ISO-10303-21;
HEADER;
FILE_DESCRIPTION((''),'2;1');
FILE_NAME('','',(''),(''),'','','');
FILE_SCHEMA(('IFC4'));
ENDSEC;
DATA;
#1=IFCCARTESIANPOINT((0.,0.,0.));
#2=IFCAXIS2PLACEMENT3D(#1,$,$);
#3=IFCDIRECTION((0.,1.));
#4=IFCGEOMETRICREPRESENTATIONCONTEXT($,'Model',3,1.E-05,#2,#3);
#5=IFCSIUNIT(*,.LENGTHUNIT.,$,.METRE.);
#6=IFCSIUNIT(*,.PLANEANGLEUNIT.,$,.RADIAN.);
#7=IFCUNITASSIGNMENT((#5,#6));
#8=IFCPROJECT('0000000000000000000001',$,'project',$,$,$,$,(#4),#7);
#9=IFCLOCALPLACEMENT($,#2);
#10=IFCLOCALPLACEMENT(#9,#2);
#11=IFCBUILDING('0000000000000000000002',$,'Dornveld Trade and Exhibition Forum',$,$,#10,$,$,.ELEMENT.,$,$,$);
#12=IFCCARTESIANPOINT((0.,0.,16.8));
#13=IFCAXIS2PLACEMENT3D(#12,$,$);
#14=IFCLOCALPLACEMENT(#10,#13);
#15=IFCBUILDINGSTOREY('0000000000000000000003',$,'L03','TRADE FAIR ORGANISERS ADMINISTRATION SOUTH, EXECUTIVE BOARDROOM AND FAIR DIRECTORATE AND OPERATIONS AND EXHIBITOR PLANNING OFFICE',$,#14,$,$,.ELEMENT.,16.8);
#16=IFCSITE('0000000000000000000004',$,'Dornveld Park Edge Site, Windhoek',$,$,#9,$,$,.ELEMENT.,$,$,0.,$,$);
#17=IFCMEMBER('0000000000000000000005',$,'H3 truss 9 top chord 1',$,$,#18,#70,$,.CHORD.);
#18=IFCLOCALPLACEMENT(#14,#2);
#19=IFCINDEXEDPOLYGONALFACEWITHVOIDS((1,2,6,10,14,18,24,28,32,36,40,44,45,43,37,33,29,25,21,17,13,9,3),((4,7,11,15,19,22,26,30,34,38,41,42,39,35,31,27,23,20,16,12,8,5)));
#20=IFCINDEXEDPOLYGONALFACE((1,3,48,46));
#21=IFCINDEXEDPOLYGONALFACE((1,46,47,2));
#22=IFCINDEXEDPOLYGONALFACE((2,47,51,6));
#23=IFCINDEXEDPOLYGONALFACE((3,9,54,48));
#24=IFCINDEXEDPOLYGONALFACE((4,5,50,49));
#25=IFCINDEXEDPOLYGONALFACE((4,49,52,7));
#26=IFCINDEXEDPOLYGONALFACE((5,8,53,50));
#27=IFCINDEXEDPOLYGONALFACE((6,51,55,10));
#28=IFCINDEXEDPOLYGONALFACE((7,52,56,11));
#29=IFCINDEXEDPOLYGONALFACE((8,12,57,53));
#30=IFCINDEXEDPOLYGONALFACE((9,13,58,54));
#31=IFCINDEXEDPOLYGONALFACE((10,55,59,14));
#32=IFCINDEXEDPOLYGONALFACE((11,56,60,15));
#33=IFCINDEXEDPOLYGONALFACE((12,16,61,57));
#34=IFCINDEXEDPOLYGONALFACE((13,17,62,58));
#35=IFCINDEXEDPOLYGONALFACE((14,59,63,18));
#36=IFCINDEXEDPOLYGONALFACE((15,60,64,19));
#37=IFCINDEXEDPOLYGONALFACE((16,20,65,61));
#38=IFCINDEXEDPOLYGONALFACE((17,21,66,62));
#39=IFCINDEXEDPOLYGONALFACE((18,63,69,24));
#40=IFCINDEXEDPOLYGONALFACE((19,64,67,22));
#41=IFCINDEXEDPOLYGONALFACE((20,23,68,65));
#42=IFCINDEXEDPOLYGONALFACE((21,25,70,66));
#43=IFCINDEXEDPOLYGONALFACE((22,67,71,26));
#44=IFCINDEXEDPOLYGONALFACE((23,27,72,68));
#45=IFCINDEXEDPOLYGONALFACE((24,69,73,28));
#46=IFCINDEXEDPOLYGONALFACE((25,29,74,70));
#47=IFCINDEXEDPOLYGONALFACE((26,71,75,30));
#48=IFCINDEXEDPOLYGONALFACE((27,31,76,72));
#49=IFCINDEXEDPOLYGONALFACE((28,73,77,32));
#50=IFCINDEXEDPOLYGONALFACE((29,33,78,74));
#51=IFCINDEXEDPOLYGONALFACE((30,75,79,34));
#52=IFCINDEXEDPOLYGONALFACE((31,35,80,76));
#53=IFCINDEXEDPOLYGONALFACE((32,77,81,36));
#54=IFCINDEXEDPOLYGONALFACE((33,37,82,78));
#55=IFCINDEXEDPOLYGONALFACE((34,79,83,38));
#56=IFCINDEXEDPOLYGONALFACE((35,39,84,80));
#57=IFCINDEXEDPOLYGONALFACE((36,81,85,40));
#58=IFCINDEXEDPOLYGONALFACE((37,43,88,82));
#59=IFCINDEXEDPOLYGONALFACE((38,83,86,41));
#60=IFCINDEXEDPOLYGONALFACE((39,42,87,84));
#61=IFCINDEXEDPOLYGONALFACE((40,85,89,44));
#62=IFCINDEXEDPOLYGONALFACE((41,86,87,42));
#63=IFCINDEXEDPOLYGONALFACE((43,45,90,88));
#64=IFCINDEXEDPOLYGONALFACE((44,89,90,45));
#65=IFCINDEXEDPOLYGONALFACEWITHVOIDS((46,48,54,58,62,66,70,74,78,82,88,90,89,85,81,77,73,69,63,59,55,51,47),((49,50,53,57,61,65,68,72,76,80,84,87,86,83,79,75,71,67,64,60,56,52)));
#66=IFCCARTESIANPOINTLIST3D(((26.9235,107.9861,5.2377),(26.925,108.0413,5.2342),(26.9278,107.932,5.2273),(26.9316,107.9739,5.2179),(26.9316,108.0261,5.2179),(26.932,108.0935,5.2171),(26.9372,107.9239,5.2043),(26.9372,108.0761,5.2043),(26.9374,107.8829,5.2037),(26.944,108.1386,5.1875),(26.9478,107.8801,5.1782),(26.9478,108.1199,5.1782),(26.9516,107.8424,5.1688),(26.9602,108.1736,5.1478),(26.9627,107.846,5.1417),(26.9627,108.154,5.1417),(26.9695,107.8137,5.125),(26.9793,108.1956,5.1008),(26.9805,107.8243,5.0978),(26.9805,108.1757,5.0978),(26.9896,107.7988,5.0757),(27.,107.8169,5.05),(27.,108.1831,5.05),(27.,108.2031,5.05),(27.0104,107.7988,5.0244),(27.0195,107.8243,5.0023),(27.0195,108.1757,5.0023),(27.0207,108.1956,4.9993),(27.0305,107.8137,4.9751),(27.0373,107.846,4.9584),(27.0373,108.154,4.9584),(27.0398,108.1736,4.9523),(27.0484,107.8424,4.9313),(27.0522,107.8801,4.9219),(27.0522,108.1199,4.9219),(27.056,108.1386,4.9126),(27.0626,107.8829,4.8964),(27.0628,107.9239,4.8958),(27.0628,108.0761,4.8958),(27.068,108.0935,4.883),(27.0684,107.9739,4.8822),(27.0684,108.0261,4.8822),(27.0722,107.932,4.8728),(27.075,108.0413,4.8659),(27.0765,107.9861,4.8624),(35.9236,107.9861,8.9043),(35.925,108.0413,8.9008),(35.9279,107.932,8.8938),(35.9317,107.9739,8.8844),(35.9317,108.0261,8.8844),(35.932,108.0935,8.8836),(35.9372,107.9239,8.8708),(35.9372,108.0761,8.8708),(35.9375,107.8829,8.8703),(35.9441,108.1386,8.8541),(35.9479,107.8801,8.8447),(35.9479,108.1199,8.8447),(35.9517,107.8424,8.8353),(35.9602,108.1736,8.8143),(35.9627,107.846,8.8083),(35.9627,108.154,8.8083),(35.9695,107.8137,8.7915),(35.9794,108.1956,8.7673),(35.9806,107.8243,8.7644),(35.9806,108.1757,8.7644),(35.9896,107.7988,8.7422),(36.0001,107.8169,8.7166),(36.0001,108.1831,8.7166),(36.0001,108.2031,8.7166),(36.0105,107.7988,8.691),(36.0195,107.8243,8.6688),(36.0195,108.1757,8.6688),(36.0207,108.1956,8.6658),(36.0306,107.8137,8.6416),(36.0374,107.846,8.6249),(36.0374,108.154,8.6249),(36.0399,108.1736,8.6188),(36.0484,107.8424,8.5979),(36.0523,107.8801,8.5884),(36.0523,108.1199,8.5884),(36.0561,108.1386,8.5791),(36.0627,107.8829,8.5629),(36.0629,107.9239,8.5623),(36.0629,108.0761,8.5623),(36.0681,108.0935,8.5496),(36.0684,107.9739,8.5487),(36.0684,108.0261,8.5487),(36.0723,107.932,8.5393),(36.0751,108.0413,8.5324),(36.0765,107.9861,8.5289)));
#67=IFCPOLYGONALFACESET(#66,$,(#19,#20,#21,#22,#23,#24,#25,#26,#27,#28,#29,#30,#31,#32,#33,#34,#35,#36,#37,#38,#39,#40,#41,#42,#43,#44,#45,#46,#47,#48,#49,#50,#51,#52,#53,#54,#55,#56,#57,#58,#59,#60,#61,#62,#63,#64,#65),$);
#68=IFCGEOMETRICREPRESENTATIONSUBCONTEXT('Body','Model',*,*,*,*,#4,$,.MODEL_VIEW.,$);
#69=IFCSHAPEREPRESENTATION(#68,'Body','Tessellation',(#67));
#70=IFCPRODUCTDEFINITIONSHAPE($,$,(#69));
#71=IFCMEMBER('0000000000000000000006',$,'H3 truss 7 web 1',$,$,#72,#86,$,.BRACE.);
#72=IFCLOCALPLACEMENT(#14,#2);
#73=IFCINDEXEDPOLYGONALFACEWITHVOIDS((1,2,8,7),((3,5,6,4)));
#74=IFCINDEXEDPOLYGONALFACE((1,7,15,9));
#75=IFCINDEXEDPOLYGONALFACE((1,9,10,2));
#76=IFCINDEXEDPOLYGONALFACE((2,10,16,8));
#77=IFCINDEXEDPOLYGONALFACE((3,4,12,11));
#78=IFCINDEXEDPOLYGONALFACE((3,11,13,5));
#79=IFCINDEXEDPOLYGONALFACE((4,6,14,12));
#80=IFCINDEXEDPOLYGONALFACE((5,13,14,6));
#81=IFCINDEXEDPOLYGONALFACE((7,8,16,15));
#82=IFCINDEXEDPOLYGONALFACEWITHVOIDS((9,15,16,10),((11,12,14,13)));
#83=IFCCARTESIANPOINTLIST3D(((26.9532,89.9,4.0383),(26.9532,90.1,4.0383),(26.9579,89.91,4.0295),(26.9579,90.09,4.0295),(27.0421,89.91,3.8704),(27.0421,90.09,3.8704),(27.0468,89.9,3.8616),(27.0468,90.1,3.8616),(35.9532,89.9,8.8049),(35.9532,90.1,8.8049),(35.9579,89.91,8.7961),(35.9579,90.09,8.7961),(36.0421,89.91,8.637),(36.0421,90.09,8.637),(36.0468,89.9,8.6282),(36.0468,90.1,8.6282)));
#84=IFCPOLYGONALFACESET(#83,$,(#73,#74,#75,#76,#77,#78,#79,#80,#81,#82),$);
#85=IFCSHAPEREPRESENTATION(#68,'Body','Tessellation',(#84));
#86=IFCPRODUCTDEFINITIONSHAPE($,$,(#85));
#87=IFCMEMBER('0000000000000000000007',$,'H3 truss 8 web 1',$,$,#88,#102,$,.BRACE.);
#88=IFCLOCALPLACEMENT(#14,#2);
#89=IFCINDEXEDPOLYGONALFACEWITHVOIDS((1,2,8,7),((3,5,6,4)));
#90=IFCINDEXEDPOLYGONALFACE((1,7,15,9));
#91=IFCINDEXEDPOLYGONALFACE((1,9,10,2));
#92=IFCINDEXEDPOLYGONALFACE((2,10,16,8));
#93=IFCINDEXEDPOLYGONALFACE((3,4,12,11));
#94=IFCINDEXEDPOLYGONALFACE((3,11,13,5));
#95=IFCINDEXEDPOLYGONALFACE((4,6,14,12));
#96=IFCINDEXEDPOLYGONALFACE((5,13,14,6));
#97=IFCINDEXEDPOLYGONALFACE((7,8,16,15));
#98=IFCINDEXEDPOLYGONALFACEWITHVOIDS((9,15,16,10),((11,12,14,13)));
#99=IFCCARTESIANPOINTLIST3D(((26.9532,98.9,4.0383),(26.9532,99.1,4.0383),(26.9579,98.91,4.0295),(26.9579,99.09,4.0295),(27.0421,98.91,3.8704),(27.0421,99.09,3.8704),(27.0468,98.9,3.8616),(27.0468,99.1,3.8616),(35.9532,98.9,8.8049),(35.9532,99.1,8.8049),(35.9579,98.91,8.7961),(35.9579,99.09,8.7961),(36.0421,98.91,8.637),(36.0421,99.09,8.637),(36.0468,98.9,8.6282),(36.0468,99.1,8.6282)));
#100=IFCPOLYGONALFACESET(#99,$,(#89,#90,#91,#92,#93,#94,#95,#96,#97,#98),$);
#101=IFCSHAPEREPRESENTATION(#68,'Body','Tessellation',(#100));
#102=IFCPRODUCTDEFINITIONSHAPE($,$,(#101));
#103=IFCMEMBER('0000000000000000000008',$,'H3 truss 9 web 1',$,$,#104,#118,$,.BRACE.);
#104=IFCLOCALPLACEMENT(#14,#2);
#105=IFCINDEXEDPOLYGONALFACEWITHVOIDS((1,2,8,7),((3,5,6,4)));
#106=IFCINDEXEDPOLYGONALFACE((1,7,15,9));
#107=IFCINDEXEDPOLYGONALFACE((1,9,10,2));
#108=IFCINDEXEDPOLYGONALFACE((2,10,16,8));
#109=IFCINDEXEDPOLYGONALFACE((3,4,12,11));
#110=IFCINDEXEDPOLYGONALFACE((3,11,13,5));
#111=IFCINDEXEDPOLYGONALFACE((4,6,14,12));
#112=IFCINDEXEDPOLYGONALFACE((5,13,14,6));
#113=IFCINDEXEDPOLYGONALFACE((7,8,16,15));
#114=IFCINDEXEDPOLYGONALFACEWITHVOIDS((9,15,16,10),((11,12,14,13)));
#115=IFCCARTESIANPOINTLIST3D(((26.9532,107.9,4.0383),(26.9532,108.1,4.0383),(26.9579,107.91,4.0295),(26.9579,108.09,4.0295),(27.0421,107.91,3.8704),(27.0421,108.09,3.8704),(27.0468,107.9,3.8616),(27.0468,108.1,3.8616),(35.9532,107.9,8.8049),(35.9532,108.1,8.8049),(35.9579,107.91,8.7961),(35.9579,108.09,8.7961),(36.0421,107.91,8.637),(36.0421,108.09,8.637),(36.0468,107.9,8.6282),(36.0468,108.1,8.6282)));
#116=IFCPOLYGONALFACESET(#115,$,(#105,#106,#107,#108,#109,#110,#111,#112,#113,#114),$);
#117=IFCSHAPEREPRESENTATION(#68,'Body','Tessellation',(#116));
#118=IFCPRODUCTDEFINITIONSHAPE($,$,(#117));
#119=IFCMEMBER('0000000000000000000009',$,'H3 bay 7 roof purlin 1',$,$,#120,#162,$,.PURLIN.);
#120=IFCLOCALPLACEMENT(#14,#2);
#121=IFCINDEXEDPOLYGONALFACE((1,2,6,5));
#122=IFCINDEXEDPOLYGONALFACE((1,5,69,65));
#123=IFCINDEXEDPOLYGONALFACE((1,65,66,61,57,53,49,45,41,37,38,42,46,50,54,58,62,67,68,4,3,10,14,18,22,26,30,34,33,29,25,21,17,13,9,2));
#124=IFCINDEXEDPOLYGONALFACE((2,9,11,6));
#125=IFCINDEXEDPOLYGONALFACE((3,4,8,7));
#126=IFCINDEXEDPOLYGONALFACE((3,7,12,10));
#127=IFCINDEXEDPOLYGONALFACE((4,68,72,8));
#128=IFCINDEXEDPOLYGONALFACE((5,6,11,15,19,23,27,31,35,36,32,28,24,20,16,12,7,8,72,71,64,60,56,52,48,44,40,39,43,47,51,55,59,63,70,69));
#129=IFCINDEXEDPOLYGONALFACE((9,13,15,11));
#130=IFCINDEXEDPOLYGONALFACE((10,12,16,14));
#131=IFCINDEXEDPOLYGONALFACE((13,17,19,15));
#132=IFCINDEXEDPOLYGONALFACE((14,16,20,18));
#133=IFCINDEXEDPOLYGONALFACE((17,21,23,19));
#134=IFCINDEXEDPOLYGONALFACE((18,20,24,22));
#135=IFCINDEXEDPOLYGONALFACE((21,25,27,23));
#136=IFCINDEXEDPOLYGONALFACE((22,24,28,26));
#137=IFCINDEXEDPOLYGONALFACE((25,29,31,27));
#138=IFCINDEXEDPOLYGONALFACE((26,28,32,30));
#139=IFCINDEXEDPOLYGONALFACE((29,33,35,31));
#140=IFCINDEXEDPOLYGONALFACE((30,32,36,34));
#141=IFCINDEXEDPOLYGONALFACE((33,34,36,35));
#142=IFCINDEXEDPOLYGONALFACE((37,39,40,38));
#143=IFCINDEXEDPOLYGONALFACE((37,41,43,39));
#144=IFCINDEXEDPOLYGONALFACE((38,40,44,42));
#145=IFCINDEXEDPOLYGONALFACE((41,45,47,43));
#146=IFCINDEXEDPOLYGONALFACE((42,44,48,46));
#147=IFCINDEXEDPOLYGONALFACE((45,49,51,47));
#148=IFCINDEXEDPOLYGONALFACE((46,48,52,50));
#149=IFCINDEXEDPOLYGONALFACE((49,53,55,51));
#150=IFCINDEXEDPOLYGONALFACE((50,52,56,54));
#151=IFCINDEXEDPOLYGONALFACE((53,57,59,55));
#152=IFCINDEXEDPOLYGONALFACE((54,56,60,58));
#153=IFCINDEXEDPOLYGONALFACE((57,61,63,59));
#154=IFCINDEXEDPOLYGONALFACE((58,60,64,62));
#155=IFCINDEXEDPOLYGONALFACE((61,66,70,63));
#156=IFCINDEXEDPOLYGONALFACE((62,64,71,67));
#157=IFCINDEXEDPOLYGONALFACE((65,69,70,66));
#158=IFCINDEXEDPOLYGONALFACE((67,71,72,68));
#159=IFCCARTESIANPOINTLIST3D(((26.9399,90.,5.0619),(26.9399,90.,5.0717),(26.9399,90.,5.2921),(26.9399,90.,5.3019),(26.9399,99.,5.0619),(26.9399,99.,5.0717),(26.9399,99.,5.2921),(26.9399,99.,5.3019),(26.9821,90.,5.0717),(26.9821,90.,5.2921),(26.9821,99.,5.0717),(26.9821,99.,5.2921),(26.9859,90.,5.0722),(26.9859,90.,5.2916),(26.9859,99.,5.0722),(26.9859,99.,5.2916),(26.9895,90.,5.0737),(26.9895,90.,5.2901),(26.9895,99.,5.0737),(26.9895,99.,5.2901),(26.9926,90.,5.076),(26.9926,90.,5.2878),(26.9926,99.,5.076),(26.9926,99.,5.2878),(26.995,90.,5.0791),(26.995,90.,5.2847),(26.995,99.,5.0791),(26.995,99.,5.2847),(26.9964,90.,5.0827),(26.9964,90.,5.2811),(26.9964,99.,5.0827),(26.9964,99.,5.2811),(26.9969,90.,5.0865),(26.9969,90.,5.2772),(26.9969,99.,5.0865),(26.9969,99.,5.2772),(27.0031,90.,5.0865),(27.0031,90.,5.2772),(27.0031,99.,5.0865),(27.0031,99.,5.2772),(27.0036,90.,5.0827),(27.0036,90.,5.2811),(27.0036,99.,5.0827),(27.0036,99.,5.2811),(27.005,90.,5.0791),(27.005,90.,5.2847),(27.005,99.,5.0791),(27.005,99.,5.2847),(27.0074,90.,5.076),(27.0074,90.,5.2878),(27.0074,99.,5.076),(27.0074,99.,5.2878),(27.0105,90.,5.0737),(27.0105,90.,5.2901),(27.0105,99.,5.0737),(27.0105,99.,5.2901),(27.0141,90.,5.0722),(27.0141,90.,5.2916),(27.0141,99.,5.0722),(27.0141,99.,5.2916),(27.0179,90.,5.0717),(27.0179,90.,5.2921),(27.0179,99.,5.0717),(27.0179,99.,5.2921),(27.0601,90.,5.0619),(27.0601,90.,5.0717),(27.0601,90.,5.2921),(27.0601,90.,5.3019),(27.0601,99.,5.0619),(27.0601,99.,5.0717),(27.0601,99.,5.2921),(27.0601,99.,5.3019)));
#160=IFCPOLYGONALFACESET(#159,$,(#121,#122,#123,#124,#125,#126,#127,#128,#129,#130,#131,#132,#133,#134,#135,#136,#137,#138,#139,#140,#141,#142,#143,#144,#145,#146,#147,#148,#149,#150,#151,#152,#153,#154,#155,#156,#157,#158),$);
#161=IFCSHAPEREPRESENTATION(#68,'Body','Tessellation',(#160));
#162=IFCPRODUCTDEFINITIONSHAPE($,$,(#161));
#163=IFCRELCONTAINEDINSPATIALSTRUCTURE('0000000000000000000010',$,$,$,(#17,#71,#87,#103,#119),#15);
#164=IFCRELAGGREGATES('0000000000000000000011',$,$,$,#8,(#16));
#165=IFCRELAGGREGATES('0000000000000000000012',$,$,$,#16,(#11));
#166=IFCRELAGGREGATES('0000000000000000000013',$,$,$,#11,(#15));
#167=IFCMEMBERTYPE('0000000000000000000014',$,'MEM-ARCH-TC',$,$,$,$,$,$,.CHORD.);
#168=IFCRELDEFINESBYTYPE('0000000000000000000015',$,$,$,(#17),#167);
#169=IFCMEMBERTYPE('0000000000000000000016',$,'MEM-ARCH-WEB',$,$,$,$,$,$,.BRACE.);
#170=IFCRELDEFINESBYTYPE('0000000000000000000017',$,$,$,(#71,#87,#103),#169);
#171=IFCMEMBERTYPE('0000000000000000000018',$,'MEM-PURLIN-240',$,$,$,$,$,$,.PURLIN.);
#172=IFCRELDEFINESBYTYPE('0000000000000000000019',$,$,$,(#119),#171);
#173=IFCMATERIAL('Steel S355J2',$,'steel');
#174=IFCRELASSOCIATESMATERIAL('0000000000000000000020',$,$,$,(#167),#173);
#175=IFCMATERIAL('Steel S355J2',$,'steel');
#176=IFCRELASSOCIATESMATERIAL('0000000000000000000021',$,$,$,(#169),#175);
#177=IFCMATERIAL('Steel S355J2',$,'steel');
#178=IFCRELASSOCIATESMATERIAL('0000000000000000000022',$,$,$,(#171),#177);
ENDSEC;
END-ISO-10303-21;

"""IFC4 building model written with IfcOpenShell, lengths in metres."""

from ifc_helpers import new_model, si_unit, direction, frame, origin, origin_2d, place, context, subcontext, project, spatial, hollow_rectangle, hollow_circle, i_section, extrude, material, material_profile, profile_set, type_object, element, save


model = new_model("IFC4")

# Units and contexts
model_context = context("Model", 3, precision=1e-05, world=origin(), true_north=direction((0.0, 1.0)))
body_context = subcontext(model_context, "Body", "Model", "MODEL_VIEW")
ifc_project = project(units=[si_unit("LENGTHUNIT", "METRE"), si_unit("PLANEANGLEUNIT", "RADIAN")], contexts=[model_context])

# Site, building, storey
site_placement = place(None, origin())
site = spatial("IfcSite", under=ifc_project, at=site_placement, Name="Dornveld Park Edge Site, Windhoek", CompositionType="ELEMENT", RefElevation=0.0)
building_placement = place(site_placement, origin())
building = spatial("IfcBuilding", under=site, at=building_placement, Name="Dornveld Trade and Exhibition Forum", CompositionType="ELEMENT")
storey_placement = place(building_placement, frame((0.0, 0.0, 16.8)))
storey = spatial("IfcBuildingStorey", under=building, at=storey_placement, Name="L03", Description="TRADE FAIR ORGANISERS ADMINISTRATION SOUTH, EXECUTIVE BOARDROOM AND FAIR DIRECTORATE AND OPERATIONS AND EXHIBITOR PLANNING OFFICE", CompositionType="ELEMENT", Elevation=16.8)

# Members
ifc_material_1 = material(Name="Steel S355J2", Category="steel")
ifc_material_profile_1 = material_profile(ifc_material_1, hollow_circle(Radius=0.2031, WallThickness=0.02, at=origin_2d()), Name="CHS 406.4x20")
ifc_profile_set_1 = profile_set([ifc_material_profile_1], Name="Steel S355J2")
member_type_1 = type_object("IfcMemberType", Name="MEM-ARCH-TC", PredefinedType="CHORD", material=ifc_profile_set_1)
for number, where, z_axis, x_axis, name in (
    (1, (27.0, 108.0, 5.05), (0.926098, 0.0, 0.377283), (0.0, 1.0, 0.0), "H3 truss 9 top chord 1"),
):
    element("IfcMember", number, at=place(storey_placement, frame(where, z_axis=z_axis, x_axis=x_axis)), inside=storey, type_object=member_type_1, Name=name, PredefinedType="CHORD", context=body_context, shape_type="SweptSolid", body=[
        extrude(hollow_circle(Radius=0.2031, WallThickness=0.02, at=origin_2d()), origin(), (0.0, 0.0, 1.0), 9.7183),
    ])
ifc_material_2 = material(Name="Steel S355J2", Category="steel")
ifc_material_profile_2 = material_profile(ifc_material_2, hollow_rectangle(XDim=0.2, YDim=0.2, WallThickness=0.01, at=origin_2d()), Name="SHS 200x200x10")
ifc_profile_set_2 = profile_set([ifc_material_profile_2], Name="Steel S355J2")
member_type_2 = type_object("IfcMemberType", Name="MEM-ARCH-WEB", PredefinedType="BRACE", material=ifc_profile_set_2)
for number, where, z_axis, x_axis, name in (
    (2, (27.0, 90.0, 3.95), (0.883711, 0.0, 0.468033), (0.0, 1.0, 0.0), "H3 truss 7 web 1"),
    (3, (27.0, 99.0, 3.95), (0.883711, 0.0, 0.468033), (0.0, 1.0, 0.0), "H3 truss 8 web 1"),
    (4, (27.0, 108.0, 3.95), (0.883711, 0.0, 0.468033), (0.0, 1.0, 0.0), "H3 truss 9 web 1"),
):
    element("IfcMember", number, at=place(storey_placement, frame(where, z_axis=z_axis, x_axis=x_axis)), inside=storey, type_object=member_type_2, Name=name, PredefinedType="BRACE", context=body_context, shape_type="SweptSolid", body=[
        extrude(hollow_rectangle(XDim=0.2, YDim=0.2, WallThickness=0.01, at=origin_2d()), origin(), (0.0, 0.0, 1.0), 10.1843),
    ])
ifc_material_3 = material(Name="Steel S355J2", Category="steel")
ifc_material_profile_3 = material_profile(ifc_material_3, i_section(OverallWidth=0.1201, OverallDepth=0.24, WebThickness=0.0061, FlangeThickness=0.0098, FilletRadius=0.0149, at=origin_2d()), Name="IPE 240")
ifc_profile_set_3 = profile_set([ifc_material_profile_3], Name="Steel S355J2")
member_type_3 = type_object("IfcMemberType", Name="MEM-PURLIN-240", PredefinedType="PURLIN", material=ifc_profile_set_3)
for number, where, z_axis, x_axis, name in (
    (5, (27.0, 90.0, 5.1819), (0.0, 1.0, 0.0), (-1.0, 0.0, 0.0), "H3 bay 7 roof purlin 1"),
):
    element("IfcMember", number, at=place(storey_placement, frame(where, z_axis=z_axis, x_axis=x_axis)), inside=storey, type_object=member_type_3, Name=name, PredefinedType="PURLIN", context=body_context, shape_type="SweptSolid", body=[
        extrude(i_section(OverallWidth=0.1201, OverallDepth=0.24, WebThickness=0.0061, FlangeThickness=0.0098, FilletRadius=0.0149, at=origin_2d()), origin(), (0.0, 0.0, 1.0), 9.0),
    ])

save(model, "model.ifc")
